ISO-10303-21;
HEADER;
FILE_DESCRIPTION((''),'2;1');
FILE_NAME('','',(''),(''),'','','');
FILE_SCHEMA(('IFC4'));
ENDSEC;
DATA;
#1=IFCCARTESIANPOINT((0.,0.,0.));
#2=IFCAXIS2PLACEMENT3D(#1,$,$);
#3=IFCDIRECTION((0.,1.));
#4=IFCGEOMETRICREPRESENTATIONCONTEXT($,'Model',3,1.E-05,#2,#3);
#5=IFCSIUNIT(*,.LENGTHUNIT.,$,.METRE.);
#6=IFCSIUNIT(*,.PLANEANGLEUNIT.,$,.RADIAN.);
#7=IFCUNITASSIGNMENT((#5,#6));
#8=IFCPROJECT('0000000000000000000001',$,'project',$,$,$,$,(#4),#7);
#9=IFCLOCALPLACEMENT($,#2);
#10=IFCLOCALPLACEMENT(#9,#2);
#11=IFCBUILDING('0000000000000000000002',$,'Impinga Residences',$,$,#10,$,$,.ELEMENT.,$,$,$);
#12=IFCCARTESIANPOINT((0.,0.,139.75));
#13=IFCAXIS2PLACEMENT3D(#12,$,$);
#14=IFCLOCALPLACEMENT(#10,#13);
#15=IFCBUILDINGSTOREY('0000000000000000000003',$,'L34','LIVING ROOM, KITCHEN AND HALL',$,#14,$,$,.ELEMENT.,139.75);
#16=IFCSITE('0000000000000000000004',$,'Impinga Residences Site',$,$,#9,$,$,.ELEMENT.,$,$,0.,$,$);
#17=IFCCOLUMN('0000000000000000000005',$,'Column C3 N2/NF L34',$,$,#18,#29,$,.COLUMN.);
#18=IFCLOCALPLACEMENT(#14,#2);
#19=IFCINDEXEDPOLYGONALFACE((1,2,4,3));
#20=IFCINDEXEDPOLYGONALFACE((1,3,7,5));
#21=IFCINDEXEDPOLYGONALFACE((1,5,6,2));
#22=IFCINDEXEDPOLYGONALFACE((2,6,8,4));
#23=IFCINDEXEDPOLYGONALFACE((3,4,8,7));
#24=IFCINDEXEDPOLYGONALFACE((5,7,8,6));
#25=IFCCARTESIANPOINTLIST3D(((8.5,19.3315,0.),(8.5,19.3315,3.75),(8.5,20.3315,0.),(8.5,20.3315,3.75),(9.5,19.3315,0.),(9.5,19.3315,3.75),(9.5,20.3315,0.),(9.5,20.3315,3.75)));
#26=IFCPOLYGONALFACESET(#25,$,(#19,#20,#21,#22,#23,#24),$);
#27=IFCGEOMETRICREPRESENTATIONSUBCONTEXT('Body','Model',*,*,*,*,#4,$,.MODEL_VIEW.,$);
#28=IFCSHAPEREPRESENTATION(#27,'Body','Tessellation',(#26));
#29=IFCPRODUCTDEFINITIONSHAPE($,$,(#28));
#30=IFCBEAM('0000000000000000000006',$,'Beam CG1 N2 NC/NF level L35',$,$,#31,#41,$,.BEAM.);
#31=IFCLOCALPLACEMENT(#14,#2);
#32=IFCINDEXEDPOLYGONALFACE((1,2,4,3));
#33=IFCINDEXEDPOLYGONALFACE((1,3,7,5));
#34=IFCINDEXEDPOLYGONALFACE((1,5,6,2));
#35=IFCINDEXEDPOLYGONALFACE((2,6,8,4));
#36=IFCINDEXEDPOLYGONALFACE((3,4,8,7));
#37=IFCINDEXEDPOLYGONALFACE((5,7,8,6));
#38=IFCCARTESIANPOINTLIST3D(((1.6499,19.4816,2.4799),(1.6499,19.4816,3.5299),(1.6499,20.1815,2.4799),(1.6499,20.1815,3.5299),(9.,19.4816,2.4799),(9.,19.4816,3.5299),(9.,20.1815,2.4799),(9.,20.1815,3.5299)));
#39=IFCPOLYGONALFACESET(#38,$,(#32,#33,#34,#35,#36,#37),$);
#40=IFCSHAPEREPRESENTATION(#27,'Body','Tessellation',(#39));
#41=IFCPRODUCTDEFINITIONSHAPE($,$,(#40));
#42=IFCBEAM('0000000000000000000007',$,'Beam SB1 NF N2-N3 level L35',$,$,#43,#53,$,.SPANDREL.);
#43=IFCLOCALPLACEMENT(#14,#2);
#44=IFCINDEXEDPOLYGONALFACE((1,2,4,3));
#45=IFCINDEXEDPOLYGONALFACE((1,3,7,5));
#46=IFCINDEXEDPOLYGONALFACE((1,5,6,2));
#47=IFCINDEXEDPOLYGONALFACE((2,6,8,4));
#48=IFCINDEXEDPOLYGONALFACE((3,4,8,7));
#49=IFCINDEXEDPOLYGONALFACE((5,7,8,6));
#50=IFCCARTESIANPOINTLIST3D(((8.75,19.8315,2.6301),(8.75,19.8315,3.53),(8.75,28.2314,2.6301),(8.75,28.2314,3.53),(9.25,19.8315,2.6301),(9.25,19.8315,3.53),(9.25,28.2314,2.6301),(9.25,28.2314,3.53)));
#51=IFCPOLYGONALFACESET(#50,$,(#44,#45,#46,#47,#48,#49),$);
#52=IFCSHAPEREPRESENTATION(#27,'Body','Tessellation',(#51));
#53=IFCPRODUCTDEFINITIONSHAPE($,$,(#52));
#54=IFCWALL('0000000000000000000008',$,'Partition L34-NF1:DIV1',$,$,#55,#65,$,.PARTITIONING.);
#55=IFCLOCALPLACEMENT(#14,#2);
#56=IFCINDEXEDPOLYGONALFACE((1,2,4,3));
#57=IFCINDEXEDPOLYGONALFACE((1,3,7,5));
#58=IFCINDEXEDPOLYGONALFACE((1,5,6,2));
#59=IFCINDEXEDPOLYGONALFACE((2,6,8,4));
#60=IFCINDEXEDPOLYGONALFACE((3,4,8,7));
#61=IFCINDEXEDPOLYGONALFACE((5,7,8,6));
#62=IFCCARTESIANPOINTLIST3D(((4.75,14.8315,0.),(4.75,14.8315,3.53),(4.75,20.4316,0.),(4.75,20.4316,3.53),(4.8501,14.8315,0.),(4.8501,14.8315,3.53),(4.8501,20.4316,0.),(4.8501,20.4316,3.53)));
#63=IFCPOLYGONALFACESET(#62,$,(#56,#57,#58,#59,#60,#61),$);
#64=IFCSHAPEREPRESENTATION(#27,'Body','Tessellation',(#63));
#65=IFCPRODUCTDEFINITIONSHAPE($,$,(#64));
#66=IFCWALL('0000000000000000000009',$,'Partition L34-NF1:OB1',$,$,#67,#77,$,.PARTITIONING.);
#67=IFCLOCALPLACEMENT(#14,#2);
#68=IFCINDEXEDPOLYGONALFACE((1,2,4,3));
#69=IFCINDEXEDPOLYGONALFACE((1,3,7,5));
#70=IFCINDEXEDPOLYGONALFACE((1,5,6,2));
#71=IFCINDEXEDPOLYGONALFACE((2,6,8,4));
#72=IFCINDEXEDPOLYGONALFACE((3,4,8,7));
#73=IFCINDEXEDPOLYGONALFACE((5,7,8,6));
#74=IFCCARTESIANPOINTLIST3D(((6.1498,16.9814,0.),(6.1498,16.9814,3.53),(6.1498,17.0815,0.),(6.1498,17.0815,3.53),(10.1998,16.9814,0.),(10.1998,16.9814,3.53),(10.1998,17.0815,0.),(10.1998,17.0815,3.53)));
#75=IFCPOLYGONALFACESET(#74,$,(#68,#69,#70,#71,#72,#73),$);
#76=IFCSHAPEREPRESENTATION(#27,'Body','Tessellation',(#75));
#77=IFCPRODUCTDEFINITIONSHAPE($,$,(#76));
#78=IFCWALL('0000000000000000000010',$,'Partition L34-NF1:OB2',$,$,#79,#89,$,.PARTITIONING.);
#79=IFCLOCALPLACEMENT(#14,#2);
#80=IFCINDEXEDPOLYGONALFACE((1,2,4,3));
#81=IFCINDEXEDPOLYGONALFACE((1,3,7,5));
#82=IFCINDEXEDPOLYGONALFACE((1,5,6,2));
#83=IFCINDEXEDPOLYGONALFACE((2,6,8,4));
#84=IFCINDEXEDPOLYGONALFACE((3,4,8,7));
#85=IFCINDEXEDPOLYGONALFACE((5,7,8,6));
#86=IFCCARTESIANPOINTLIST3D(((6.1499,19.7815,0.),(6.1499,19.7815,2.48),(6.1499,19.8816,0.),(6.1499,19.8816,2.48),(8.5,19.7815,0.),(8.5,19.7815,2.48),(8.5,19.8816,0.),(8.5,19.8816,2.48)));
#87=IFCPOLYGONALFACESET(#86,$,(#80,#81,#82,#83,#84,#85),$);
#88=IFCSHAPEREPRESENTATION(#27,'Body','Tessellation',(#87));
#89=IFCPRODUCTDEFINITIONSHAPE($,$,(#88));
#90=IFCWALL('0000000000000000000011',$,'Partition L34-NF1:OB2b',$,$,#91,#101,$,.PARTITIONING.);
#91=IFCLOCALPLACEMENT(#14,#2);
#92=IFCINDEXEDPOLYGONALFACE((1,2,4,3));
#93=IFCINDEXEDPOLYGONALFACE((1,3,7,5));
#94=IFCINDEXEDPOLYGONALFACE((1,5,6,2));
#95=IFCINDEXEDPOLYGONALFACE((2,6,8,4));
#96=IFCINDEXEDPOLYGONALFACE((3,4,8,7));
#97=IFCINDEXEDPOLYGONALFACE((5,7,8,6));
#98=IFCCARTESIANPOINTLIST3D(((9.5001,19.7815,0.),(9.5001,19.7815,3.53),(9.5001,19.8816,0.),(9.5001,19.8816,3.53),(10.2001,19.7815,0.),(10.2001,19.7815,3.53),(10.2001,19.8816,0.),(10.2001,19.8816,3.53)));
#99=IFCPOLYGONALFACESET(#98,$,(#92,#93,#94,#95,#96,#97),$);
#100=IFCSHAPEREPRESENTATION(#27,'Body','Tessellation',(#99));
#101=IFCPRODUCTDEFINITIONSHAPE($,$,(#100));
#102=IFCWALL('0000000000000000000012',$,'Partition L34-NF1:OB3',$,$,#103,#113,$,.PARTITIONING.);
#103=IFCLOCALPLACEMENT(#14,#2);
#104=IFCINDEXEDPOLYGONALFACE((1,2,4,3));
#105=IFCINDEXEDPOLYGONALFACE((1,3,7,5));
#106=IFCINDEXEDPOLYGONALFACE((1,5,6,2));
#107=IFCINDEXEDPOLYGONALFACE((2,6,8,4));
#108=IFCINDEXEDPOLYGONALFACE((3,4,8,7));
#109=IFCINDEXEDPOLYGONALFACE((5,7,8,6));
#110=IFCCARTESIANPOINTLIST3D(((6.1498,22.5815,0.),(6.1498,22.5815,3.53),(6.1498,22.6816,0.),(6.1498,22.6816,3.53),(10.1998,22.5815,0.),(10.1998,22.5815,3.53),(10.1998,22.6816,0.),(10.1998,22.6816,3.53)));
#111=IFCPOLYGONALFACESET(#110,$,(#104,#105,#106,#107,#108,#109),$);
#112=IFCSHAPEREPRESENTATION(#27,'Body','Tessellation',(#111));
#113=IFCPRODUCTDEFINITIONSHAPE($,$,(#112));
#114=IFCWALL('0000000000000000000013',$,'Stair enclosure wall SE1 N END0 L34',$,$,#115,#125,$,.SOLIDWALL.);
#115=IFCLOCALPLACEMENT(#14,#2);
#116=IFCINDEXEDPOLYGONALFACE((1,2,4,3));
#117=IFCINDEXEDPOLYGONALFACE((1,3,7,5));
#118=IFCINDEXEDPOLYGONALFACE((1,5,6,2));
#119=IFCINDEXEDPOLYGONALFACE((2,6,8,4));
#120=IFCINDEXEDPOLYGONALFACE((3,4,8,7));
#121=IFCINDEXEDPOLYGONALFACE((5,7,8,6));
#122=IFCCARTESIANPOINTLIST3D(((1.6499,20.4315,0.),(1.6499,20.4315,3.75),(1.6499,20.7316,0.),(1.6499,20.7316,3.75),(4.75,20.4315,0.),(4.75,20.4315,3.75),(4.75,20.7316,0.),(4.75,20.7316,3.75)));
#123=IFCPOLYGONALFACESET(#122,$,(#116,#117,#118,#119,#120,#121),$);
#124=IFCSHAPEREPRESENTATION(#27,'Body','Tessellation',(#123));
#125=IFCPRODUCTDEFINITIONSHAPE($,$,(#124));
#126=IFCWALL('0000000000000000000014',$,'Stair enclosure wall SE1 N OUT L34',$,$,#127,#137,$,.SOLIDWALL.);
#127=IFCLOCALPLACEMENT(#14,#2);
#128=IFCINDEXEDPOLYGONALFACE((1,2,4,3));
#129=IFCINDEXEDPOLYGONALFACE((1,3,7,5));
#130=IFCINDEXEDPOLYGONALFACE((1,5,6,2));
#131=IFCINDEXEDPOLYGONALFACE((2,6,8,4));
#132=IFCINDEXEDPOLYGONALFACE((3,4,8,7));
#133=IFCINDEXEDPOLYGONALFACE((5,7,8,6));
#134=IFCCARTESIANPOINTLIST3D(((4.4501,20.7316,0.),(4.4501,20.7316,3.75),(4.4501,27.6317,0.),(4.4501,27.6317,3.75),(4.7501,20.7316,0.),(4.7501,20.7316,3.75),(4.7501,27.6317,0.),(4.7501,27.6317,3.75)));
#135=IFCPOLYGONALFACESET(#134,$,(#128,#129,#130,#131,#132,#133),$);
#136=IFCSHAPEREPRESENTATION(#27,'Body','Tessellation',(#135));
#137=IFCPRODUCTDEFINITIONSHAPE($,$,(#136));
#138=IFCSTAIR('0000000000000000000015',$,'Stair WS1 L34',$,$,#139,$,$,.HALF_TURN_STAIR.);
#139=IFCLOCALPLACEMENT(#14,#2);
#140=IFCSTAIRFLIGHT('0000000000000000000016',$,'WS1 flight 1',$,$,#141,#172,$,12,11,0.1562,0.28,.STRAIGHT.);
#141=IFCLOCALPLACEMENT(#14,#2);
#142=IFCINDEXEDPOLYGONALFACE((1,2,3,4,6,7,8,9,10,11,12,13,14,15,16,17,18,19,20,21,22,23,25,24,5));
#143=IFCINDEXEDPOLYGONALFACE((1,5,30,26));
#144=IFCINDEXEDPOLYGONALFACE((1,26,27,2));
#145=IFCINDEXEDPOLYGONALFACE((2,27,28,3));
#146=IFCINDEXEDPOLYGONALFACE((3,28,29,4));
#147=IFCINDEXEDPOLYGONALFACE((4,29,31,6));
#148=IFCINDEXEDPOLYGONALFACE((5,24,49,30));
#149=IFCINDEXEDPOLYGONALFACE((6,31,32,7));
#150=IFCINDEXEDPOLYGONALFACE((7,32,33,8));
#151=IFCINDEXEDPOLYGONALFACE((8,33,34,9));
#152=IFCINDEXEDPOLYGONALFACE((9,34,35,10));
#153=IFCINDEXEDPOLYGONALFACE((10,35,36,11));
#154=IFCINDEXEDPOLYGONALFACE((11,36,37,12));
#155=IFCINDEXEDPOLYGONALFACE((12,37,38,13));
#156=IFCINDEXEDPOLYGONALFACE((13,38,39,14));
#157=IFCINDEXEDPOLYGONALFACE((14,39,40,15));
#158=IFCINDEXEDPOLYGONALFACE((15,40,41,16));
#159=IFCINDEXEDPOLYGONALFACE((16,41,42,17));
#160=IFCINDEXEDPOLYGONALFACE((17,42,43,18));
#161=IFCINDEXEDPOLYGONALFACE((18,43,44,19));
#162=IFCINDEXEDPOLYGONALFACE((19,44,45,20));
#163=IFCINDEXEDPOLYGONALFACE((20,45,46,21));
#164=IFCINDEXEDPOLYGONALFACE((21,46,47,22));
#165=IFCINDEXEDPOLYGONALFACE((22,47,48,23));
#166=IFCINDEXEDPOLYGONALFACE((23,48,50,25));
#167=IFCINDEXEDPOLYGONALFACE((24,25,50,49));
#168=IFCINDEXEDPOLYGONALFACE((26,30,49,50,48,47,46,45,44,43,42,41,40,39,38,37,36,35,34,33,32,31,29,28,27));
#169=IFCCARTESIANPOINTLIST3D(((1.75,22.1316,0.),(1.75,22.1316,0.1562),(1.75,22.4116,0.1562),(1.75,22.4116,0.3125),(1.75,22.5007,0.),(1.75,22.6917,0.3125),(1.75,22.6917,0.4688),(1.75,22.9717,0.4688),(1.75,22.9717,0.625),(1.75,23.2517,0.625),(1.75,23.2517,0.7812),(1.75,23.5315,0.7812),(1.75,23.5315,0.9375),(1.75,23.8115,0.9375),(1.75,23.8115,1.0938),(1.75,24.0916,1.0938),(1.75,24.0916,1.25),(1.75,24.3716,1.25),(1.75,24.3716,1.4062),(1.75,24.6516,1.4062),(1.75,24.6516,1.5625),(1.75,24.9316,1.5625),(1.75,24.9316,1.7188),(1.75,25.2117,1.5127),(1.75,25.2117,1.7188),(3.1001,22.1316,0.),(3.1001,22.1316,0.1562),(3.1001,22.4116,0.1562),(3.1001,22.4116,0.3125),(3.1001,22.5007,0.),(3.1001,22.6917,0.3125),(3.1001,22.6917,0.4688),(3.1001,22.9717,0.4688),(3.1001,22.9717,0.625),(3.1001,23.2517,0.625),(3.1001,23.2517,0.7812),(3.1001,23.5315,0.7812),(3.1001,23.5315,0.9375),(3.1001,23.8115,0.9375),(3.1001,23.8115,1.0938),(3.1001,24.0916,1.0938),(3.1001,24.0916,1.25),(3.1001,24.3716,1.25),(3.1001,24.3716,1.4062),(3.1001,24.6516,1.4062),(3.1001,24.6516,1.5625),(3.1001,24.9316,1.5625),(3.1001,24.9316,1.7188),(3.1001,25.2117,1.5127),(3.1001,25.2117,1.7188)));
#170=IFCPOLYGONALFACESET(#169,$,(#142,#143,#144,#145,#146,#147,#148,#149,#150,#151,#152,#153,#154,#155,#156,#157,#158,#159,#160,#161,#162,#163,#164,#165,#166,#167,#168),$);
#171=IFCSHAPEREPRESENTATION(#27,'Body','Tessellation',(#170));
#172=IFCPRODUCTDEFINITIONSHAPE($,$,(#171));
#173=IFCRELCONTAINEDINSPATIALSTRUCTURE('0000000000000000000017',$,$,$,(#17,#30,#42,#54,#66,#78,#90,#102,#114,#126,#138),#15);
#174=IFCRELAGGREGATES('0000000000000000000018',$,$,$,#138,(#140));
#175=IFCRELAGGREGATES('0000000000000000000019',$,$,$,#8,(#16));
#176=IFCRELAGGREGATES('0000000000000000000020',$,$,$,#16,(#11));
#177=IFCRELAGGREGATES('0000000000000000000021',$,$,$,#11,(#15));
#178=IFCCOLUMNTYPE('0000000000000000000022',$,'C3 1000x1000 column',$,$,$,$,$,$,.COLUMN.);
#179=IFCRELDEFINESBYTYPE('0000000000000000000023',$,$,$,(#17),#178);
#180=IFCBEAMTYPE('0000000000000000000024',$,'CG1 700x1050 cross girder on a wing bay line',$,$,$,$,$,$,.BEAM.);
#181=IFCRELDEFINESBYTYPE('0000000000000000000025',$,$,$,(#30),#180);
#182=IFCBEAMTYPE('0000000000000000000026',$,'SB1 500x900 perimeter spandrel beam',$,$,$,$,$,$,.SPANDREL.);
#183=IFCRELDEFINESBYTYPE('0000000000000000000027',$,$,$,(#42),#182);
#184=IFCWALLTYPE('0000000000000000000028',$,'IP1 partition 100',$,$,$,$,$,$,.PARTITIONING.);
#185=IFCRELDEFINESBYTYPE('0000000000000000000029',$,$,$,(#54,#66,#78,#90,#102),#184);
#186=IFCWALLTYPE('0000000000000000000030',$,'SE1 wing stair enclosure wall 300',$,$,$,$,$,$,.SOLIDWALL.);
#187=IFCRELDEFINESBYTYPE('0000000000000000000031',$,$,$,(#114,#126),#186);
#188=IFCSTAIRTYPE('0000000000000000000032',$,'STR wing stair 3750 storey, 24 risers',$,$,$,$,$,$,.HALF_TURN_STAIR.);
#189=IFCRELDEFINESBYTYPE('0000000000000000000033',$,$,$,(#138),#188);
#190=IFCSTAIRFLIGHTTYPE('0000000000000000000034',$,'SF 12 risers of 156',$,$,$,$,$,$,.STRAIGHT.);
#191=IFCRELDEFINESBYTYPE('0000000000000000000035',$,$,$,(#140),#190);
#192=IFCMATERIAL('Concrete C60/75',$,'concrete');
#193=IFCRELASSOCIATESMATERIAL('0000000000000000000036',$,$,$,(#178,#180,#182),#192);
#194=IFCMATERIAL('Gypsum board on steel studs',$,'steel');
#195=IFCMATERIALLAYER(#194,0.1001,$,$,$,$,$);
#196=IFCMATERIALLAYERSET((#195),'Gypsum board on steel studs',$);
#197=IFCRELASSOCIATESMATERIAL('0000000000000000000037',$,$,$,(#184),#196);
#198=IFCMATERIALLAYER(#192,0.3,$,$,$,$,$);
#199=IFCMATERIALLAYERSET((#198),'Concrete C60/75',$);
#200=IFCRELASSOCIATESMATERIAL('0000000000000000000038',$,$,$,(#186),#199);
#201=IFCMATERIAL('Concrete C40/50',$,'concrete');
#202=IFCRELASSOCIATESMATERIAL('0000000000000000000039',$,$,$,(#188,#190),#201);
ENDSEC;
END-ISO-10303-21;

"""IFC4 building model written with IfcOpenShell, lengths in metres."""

from ifc_helpers import new_model, si_unit, direction, frame, frame_2d, origin, origin_2d, place, context, subcontext, project, spatial, polyline, rectangle, outline, extrude, material, layer, layer_set, material_profile, profile_set, type_object, element, aggregate, save


model = new_model("IFC4")

# Units and contexts
model_context = context("Model", 3, precision=1e-05, world=origin(), true_north=direction((0.0, 1.0)))
body_context = subcontext(model_context, "Body", "Model", "MODEL_VIEW")
ifc_project = project(units=[si_unit("LENGTHUNIT", "METRE"), si_unit("PLANEANGLEUNIT", "RADIAN")], contexts=[model_context])

# Site, building, storey
site_placement = place(None, origin())
site = spatial("IfcSite", under=ifc_project, at=site_placement, Name="Impinga Residences Site", CompositionType="ELEMENT", RefElevation=0.0)
building_placement = place(site_placement, origin())
building = spatial("IfcBuilding", under=site, at=building_placement, Name="Impinga Residences", CompositionType="ELEMENT")
storey_placement = place(building_placement, frame((0.0, 0.0, 139.75)))
storey = spatial("IfcBuildingStorey", under=building, at=storey_placement, Name="L34", Description="LIVING ROOM, KITCHEN AND HALL", CompositionType="ELEMENT", Elevation=139.75)

# Column
ifc_material_1 = material(Name="Concrete C60/75", Category="concrete")
ifc_material_profile_1 = material_profile(ifc_material_1, rectangle(XDim=1.0, YDim=1.0, at=origin_2d()), Name="RC 1000x1000")
ifc_profile_set_1 = profile_set([ifc_material_profile_1], Name="Concrete C60/75")
column_type = type_object("IfcColumnType", Name="C3 1000x1000 column", PredefinedType="COLUMN", material=ifc_profile_set_1)
column_placement = place(storey_placement, frame((9.0, 19.8315, 0.0), z_axis=(0.0, 0.0, 1.0), x_axis=(1.0, 0.0, 0.0)))
element("IfcColumn", 1, at=column_placement, inside=storey, type_object=column_type, Name="Column C3 N2/NF L34", PredefinedType="COLUMN", context=body_context, shape_type="SweptSolid", body=[
    extrude(rectangle(XDim=1.0, YDim=1.0, at=origin_2d()), origin(), (0.0, 0.0, 1.0), 3.75),
])

# Beams
ifc_material_profile_2 = material_profile(ifc_material_1, rectangle(XDim=0.7, YDim=1.05, at=origin_2d()), Name="RC 700x1050")
ifc_profile_set_2 = profile_set([ifc_material_profile_2], Name="Concrete C60/75")
beam_type_1 = type_object("IfcBeamType", Name="CG1 700x1050 cross girder on a wing bay line", PredefinedType="BEAM", material=ifc_profile_set_2)
beam_1_placement = place(storey_placement, frame((1.6499, 19.8315, 3.0049), z_axis=(1.0, 0.0, 0.0), x_axis=(0.0, 1.0, 0.0)))
element("IfcBeam", 2, at=beam_1_placement, inside=storey, type_object=beam_type_1, Name="Beam CG1 N2 NC/NF level L35", PredefinedType="BEAM", context=body_context, shape_type="SweptSolid", body=[
    extrude(rectangle(XDim=0.7, YDim=1.05, at=origin_2d()), origin(), (0.0, 0.0, 1.0), 7.3501),
])
ifc_material_profile_3 = material_profile(ifc_material_1, rectangle(XDim=0.5, YDim=0.8999, at=origin_2d()), Name="RC 500x900")
ifc_profile_set_3 = profile_set([ifc_material_profile_3], Name="Concrete C60/75")
beam_type_2 = type_object("IfcBeamType", Name="SB1 500x900 perimeter spandrel beam", PredefinedType="SPANDREL", material=ifc_profile_set_3)
beam_2_placement = place(storey_placement, frame((9.0, 19.8315, 3.0801), z_axis=(0.0, 1.0, 0.0), x_axis=(-1.0, 0.0, 0.0)))
element("IfcBeam", 3, at=beam_2_placement, inside=storey, type_object=beam_type_2, Name="Beam SB1 NF N2-N3 level L35", PredefinedType="SPANDREL", context=body_context, shape_type="SweptSolid", body=[
    extrude(rectangle(XDim=0.5, YDim=0.8999, at=origin_2d()), origin(), (0.0, 0.0, 1.0), 8.3999),
])

# Walls
ifc_material_2 = material(Name="Gypsum board on steel studs", Category="steel")
ifc_layer_1 = layer(ifc_material_2, 0.1001)
ifc_layer_set_1 = layer_set([ifc_layer_1], Name="Gypsum board on steel studs")
wall_type_1 = type_object("IfcWallType", Name="IP1 partition 100", PredefinedType="PARTITIONING", material=ifc_layer_set_1)
wall_1_placement = place(storey_placement, frame((4.8, 14.8315, 0.0), z_axis=(0.0, 0.0, 1.0), x_axis=(0.0, 1.0, 0.0)))
element("IfcWall", 4, at=wall_1_placement, inside=storey, type_object=wall_type_1, Name="Partition L34-NF1:DIV1", PredefinedType="PARTITIONING", context=body_context, shape_type="SweptSolid", body=[
    extrude(rectangle(XDim=5.6001, YDim=0.1001, at=frame_2d((2.8, 0.0))), origin(), (0.0, 0.0, 1.0), 3.53),
])
wall_2_placement = place(storey_placement, frame((6.1499, 17.0315, 0.0), z_axis=(0.0, 0.0, 1.0), x_axis=(1.0, 0.0, 0.0)))
element("IfcWall", 5, at=wall_2_placement, inside=storey, type_object=wall_type_1, Name="Partition L34-NF1:OB1", PredefinedType="PARTITIONING", context=body_context, shape_type="SweptSolid", body=[
    extrude(rectangle(XDim=4.05, YDim=0.1001, at=frame_2d((2.0249, 0.0))), origin(), (0.0, 0.0, 1.0), 3.53),
])
wall_3_placement = place(storey_placement, frame((6.1499, 19.8315, 0.0), z_axis=(0.0, 0.0, 1.0), x_axis=(1.0, 0.0, 0.0)))
element("IfcWall", 6, at=wall_3_placement, inside=storey, type_object=wall_type_1, Name="Partition L34-NF1:OB2", PredefinedType="PARTITIONING", context=body_context, shape_type="SweptSolid", body=[
    extrude(rectangle(XDim=2.3501, YDim=0.1001, at=frame_2d((1.175, 0.0))), origin(), (0.0, 0.0, 1.0), 2.48),
])
wall_4_placement = place(storey_placement, frame((9.5, 19.8315, 0.0), z_axis=(0.0, 0.0, 1.0), x_axis=(1.0, 0.0, 0.0)))
element("IfcWall", 7, at=wall_4_placement, inside=storey, type_object=wall_type_1, Name="Partition L34-NF1:OB2b", PredefinedType="PARTITIONING", context=body_context, shape_type="SweptSolid", body=[
    extrude(rectangle(XDim=0.7, YDim=0.1001, at=frame_2d((0.3501, 0.0))), origin(), (0.0, 0.0, 1.0), 3.53),
])
wall_5_placement = place(storey_placement, frame((6.1499, 22.6316, 0.0), z_axis=(0.0, 0.0, 1.0), x_axis=(1.0, 0.0, 0.0)))
element("IfcWall", 8, at=wall_5_placement, inside=storey, type_object=wall_type_1, Name="Partition L34-NF1:OB3", PredefinedType="PARTITIONING", context=body_context, shape_type="SweptSolid", body=[
    extrude(rectangle(XDim=4.05, YDim=0.1001, at=frame_2d((2.0249, 0.0))), origin(), (0.0, 0.0, 1.0), 3.53),
])
ifc_layer_2 = layer(ifc_material_1, 0.3)
ifc_layer_set_2 = layer_set([ifc_layer_2], Name="Concrete C60/75")
wall_type_2 = type_object("IfcWallType", Name="SE1 wing stair enclosure wall 300", PredefinedType="SOLIDWALL", material=ifc_layer_set_2)
wall_6_placement = place(storey_placement, frame((1.6499, 20.5815, 0.0), z_axis=(0.0, 0.0, 1.0), x_axis=(1.0, 0.0, 0.0)))
element("IfcWall", 9, at=wall_6_placement, inside=storey, type_object=wall_type_2, Name="Stair enclosure wall SE1 N END0 L34", PredefinedType="SOLIDWALL", context=body_context, shape_type="SweptSolid", body=[
    extrude(rectangle(XDim=3.1001, YDim=0.3, at=frame_2d((1.55, 0.0))), origin(), (0.0, 0.0, 1.0), 3.75),
])
wall_7_placement = place(storey_placement, frame((4.6001, 20.7314, 0.0), z_axis=(0.0, 0.0, 1.0), x_axis=(0.0, 1.0, 0.0)))
element("IfcWall", 10, at=wall_7_placement, inside=storey, type_object=wall_type_2, Name="Stair enclosure wall SE1 N OUT L34", PredefinedType="SOLIDWALL", context=body_context, shape_type="SweptSolid", body=[
    extrude(rectangle(XDim=6.9001, YDim=0.3, at=frame_2d((3.4502, 0.0))), origin(), (0.0, 0.0, 1.0), 3.75),
])

# Stair, stair flight
ifc_material_3 = material(Name="Concrete C40/50", Category="concrete")
stair_type = type_object("IfcStairType", Name="STR wing stair 3750 storey, 24 risers", PredefinedType="HALF_TURN_STAIR", material=ifc_material_3)
stair_placement = place(storey_placement, origin())
stair = element("IfcStair", 11, at=stair_placement, inside=storey, type_object=stair_type, Name="Stair WS1 L34", PredefinedType="HALF_TURN_STAIR")
stair_flight_type = type_object("IfcStairFlightType", Name="SF 12 risers of 156", PredefinedType="STRAIGHT", material=ifc_material_3)
stair_flight_placement = place(storey_placement, frame((2.425, 22.1316, 0.0), z_axis=(0.0, 0.0, 1.0), x_axis=(0.0, 1.0, 0.0)))
stair_flight = element("IfcStairFlight", 12, at=stair_flight_placement, type_object=stair_flight_type, Name="WS1 flight 1", NumberOfRisers=12, NumberOfTreads=11, PredefinedType="STRAIGHT", RiserHeight=0.1562, TreadLength=0.28, context=body_context, shape_type="SweptSolid", body=[
    extrude(outline(polyline([(0.0, 0.0), (0.0, 0.1562), (0.28, 0.1562), (0.28, 0.3125), (0.5601, 0.3125), (0.5601, 0.4688), (0.8401, 0.4688), (0.8401, 0.625), (1.1201, 0.625), (1.1201, 0.7812), (1.3999, 0.7812), (1.3999, 0.9375), (1.6799, 0.9375), (1.6799, 1.0938), (1.96, 1.0938), (1.96, 1.25), (2.24, 1.25), (2.24, 1.4062), (2.52, 1.4062), (2.52, 1.5625), (2.8, 1.5625), (2.8, 1.7188), (3.0801, 1.7188), (3.0801, 1.875), (3.0801, 1.5127), (0.3691, 0.0), (0.0, 0.0)])), frame((0.0, 0.675, 0.0), z_axis=(0.0, -1.0, 0.0), x_axis=(1.0, 0.0, 0.0)), (0.0, 0.0, 1.0), 1.3501),
])
aggregate(stair, [stair_flight])

save(model, "model.ifc")
